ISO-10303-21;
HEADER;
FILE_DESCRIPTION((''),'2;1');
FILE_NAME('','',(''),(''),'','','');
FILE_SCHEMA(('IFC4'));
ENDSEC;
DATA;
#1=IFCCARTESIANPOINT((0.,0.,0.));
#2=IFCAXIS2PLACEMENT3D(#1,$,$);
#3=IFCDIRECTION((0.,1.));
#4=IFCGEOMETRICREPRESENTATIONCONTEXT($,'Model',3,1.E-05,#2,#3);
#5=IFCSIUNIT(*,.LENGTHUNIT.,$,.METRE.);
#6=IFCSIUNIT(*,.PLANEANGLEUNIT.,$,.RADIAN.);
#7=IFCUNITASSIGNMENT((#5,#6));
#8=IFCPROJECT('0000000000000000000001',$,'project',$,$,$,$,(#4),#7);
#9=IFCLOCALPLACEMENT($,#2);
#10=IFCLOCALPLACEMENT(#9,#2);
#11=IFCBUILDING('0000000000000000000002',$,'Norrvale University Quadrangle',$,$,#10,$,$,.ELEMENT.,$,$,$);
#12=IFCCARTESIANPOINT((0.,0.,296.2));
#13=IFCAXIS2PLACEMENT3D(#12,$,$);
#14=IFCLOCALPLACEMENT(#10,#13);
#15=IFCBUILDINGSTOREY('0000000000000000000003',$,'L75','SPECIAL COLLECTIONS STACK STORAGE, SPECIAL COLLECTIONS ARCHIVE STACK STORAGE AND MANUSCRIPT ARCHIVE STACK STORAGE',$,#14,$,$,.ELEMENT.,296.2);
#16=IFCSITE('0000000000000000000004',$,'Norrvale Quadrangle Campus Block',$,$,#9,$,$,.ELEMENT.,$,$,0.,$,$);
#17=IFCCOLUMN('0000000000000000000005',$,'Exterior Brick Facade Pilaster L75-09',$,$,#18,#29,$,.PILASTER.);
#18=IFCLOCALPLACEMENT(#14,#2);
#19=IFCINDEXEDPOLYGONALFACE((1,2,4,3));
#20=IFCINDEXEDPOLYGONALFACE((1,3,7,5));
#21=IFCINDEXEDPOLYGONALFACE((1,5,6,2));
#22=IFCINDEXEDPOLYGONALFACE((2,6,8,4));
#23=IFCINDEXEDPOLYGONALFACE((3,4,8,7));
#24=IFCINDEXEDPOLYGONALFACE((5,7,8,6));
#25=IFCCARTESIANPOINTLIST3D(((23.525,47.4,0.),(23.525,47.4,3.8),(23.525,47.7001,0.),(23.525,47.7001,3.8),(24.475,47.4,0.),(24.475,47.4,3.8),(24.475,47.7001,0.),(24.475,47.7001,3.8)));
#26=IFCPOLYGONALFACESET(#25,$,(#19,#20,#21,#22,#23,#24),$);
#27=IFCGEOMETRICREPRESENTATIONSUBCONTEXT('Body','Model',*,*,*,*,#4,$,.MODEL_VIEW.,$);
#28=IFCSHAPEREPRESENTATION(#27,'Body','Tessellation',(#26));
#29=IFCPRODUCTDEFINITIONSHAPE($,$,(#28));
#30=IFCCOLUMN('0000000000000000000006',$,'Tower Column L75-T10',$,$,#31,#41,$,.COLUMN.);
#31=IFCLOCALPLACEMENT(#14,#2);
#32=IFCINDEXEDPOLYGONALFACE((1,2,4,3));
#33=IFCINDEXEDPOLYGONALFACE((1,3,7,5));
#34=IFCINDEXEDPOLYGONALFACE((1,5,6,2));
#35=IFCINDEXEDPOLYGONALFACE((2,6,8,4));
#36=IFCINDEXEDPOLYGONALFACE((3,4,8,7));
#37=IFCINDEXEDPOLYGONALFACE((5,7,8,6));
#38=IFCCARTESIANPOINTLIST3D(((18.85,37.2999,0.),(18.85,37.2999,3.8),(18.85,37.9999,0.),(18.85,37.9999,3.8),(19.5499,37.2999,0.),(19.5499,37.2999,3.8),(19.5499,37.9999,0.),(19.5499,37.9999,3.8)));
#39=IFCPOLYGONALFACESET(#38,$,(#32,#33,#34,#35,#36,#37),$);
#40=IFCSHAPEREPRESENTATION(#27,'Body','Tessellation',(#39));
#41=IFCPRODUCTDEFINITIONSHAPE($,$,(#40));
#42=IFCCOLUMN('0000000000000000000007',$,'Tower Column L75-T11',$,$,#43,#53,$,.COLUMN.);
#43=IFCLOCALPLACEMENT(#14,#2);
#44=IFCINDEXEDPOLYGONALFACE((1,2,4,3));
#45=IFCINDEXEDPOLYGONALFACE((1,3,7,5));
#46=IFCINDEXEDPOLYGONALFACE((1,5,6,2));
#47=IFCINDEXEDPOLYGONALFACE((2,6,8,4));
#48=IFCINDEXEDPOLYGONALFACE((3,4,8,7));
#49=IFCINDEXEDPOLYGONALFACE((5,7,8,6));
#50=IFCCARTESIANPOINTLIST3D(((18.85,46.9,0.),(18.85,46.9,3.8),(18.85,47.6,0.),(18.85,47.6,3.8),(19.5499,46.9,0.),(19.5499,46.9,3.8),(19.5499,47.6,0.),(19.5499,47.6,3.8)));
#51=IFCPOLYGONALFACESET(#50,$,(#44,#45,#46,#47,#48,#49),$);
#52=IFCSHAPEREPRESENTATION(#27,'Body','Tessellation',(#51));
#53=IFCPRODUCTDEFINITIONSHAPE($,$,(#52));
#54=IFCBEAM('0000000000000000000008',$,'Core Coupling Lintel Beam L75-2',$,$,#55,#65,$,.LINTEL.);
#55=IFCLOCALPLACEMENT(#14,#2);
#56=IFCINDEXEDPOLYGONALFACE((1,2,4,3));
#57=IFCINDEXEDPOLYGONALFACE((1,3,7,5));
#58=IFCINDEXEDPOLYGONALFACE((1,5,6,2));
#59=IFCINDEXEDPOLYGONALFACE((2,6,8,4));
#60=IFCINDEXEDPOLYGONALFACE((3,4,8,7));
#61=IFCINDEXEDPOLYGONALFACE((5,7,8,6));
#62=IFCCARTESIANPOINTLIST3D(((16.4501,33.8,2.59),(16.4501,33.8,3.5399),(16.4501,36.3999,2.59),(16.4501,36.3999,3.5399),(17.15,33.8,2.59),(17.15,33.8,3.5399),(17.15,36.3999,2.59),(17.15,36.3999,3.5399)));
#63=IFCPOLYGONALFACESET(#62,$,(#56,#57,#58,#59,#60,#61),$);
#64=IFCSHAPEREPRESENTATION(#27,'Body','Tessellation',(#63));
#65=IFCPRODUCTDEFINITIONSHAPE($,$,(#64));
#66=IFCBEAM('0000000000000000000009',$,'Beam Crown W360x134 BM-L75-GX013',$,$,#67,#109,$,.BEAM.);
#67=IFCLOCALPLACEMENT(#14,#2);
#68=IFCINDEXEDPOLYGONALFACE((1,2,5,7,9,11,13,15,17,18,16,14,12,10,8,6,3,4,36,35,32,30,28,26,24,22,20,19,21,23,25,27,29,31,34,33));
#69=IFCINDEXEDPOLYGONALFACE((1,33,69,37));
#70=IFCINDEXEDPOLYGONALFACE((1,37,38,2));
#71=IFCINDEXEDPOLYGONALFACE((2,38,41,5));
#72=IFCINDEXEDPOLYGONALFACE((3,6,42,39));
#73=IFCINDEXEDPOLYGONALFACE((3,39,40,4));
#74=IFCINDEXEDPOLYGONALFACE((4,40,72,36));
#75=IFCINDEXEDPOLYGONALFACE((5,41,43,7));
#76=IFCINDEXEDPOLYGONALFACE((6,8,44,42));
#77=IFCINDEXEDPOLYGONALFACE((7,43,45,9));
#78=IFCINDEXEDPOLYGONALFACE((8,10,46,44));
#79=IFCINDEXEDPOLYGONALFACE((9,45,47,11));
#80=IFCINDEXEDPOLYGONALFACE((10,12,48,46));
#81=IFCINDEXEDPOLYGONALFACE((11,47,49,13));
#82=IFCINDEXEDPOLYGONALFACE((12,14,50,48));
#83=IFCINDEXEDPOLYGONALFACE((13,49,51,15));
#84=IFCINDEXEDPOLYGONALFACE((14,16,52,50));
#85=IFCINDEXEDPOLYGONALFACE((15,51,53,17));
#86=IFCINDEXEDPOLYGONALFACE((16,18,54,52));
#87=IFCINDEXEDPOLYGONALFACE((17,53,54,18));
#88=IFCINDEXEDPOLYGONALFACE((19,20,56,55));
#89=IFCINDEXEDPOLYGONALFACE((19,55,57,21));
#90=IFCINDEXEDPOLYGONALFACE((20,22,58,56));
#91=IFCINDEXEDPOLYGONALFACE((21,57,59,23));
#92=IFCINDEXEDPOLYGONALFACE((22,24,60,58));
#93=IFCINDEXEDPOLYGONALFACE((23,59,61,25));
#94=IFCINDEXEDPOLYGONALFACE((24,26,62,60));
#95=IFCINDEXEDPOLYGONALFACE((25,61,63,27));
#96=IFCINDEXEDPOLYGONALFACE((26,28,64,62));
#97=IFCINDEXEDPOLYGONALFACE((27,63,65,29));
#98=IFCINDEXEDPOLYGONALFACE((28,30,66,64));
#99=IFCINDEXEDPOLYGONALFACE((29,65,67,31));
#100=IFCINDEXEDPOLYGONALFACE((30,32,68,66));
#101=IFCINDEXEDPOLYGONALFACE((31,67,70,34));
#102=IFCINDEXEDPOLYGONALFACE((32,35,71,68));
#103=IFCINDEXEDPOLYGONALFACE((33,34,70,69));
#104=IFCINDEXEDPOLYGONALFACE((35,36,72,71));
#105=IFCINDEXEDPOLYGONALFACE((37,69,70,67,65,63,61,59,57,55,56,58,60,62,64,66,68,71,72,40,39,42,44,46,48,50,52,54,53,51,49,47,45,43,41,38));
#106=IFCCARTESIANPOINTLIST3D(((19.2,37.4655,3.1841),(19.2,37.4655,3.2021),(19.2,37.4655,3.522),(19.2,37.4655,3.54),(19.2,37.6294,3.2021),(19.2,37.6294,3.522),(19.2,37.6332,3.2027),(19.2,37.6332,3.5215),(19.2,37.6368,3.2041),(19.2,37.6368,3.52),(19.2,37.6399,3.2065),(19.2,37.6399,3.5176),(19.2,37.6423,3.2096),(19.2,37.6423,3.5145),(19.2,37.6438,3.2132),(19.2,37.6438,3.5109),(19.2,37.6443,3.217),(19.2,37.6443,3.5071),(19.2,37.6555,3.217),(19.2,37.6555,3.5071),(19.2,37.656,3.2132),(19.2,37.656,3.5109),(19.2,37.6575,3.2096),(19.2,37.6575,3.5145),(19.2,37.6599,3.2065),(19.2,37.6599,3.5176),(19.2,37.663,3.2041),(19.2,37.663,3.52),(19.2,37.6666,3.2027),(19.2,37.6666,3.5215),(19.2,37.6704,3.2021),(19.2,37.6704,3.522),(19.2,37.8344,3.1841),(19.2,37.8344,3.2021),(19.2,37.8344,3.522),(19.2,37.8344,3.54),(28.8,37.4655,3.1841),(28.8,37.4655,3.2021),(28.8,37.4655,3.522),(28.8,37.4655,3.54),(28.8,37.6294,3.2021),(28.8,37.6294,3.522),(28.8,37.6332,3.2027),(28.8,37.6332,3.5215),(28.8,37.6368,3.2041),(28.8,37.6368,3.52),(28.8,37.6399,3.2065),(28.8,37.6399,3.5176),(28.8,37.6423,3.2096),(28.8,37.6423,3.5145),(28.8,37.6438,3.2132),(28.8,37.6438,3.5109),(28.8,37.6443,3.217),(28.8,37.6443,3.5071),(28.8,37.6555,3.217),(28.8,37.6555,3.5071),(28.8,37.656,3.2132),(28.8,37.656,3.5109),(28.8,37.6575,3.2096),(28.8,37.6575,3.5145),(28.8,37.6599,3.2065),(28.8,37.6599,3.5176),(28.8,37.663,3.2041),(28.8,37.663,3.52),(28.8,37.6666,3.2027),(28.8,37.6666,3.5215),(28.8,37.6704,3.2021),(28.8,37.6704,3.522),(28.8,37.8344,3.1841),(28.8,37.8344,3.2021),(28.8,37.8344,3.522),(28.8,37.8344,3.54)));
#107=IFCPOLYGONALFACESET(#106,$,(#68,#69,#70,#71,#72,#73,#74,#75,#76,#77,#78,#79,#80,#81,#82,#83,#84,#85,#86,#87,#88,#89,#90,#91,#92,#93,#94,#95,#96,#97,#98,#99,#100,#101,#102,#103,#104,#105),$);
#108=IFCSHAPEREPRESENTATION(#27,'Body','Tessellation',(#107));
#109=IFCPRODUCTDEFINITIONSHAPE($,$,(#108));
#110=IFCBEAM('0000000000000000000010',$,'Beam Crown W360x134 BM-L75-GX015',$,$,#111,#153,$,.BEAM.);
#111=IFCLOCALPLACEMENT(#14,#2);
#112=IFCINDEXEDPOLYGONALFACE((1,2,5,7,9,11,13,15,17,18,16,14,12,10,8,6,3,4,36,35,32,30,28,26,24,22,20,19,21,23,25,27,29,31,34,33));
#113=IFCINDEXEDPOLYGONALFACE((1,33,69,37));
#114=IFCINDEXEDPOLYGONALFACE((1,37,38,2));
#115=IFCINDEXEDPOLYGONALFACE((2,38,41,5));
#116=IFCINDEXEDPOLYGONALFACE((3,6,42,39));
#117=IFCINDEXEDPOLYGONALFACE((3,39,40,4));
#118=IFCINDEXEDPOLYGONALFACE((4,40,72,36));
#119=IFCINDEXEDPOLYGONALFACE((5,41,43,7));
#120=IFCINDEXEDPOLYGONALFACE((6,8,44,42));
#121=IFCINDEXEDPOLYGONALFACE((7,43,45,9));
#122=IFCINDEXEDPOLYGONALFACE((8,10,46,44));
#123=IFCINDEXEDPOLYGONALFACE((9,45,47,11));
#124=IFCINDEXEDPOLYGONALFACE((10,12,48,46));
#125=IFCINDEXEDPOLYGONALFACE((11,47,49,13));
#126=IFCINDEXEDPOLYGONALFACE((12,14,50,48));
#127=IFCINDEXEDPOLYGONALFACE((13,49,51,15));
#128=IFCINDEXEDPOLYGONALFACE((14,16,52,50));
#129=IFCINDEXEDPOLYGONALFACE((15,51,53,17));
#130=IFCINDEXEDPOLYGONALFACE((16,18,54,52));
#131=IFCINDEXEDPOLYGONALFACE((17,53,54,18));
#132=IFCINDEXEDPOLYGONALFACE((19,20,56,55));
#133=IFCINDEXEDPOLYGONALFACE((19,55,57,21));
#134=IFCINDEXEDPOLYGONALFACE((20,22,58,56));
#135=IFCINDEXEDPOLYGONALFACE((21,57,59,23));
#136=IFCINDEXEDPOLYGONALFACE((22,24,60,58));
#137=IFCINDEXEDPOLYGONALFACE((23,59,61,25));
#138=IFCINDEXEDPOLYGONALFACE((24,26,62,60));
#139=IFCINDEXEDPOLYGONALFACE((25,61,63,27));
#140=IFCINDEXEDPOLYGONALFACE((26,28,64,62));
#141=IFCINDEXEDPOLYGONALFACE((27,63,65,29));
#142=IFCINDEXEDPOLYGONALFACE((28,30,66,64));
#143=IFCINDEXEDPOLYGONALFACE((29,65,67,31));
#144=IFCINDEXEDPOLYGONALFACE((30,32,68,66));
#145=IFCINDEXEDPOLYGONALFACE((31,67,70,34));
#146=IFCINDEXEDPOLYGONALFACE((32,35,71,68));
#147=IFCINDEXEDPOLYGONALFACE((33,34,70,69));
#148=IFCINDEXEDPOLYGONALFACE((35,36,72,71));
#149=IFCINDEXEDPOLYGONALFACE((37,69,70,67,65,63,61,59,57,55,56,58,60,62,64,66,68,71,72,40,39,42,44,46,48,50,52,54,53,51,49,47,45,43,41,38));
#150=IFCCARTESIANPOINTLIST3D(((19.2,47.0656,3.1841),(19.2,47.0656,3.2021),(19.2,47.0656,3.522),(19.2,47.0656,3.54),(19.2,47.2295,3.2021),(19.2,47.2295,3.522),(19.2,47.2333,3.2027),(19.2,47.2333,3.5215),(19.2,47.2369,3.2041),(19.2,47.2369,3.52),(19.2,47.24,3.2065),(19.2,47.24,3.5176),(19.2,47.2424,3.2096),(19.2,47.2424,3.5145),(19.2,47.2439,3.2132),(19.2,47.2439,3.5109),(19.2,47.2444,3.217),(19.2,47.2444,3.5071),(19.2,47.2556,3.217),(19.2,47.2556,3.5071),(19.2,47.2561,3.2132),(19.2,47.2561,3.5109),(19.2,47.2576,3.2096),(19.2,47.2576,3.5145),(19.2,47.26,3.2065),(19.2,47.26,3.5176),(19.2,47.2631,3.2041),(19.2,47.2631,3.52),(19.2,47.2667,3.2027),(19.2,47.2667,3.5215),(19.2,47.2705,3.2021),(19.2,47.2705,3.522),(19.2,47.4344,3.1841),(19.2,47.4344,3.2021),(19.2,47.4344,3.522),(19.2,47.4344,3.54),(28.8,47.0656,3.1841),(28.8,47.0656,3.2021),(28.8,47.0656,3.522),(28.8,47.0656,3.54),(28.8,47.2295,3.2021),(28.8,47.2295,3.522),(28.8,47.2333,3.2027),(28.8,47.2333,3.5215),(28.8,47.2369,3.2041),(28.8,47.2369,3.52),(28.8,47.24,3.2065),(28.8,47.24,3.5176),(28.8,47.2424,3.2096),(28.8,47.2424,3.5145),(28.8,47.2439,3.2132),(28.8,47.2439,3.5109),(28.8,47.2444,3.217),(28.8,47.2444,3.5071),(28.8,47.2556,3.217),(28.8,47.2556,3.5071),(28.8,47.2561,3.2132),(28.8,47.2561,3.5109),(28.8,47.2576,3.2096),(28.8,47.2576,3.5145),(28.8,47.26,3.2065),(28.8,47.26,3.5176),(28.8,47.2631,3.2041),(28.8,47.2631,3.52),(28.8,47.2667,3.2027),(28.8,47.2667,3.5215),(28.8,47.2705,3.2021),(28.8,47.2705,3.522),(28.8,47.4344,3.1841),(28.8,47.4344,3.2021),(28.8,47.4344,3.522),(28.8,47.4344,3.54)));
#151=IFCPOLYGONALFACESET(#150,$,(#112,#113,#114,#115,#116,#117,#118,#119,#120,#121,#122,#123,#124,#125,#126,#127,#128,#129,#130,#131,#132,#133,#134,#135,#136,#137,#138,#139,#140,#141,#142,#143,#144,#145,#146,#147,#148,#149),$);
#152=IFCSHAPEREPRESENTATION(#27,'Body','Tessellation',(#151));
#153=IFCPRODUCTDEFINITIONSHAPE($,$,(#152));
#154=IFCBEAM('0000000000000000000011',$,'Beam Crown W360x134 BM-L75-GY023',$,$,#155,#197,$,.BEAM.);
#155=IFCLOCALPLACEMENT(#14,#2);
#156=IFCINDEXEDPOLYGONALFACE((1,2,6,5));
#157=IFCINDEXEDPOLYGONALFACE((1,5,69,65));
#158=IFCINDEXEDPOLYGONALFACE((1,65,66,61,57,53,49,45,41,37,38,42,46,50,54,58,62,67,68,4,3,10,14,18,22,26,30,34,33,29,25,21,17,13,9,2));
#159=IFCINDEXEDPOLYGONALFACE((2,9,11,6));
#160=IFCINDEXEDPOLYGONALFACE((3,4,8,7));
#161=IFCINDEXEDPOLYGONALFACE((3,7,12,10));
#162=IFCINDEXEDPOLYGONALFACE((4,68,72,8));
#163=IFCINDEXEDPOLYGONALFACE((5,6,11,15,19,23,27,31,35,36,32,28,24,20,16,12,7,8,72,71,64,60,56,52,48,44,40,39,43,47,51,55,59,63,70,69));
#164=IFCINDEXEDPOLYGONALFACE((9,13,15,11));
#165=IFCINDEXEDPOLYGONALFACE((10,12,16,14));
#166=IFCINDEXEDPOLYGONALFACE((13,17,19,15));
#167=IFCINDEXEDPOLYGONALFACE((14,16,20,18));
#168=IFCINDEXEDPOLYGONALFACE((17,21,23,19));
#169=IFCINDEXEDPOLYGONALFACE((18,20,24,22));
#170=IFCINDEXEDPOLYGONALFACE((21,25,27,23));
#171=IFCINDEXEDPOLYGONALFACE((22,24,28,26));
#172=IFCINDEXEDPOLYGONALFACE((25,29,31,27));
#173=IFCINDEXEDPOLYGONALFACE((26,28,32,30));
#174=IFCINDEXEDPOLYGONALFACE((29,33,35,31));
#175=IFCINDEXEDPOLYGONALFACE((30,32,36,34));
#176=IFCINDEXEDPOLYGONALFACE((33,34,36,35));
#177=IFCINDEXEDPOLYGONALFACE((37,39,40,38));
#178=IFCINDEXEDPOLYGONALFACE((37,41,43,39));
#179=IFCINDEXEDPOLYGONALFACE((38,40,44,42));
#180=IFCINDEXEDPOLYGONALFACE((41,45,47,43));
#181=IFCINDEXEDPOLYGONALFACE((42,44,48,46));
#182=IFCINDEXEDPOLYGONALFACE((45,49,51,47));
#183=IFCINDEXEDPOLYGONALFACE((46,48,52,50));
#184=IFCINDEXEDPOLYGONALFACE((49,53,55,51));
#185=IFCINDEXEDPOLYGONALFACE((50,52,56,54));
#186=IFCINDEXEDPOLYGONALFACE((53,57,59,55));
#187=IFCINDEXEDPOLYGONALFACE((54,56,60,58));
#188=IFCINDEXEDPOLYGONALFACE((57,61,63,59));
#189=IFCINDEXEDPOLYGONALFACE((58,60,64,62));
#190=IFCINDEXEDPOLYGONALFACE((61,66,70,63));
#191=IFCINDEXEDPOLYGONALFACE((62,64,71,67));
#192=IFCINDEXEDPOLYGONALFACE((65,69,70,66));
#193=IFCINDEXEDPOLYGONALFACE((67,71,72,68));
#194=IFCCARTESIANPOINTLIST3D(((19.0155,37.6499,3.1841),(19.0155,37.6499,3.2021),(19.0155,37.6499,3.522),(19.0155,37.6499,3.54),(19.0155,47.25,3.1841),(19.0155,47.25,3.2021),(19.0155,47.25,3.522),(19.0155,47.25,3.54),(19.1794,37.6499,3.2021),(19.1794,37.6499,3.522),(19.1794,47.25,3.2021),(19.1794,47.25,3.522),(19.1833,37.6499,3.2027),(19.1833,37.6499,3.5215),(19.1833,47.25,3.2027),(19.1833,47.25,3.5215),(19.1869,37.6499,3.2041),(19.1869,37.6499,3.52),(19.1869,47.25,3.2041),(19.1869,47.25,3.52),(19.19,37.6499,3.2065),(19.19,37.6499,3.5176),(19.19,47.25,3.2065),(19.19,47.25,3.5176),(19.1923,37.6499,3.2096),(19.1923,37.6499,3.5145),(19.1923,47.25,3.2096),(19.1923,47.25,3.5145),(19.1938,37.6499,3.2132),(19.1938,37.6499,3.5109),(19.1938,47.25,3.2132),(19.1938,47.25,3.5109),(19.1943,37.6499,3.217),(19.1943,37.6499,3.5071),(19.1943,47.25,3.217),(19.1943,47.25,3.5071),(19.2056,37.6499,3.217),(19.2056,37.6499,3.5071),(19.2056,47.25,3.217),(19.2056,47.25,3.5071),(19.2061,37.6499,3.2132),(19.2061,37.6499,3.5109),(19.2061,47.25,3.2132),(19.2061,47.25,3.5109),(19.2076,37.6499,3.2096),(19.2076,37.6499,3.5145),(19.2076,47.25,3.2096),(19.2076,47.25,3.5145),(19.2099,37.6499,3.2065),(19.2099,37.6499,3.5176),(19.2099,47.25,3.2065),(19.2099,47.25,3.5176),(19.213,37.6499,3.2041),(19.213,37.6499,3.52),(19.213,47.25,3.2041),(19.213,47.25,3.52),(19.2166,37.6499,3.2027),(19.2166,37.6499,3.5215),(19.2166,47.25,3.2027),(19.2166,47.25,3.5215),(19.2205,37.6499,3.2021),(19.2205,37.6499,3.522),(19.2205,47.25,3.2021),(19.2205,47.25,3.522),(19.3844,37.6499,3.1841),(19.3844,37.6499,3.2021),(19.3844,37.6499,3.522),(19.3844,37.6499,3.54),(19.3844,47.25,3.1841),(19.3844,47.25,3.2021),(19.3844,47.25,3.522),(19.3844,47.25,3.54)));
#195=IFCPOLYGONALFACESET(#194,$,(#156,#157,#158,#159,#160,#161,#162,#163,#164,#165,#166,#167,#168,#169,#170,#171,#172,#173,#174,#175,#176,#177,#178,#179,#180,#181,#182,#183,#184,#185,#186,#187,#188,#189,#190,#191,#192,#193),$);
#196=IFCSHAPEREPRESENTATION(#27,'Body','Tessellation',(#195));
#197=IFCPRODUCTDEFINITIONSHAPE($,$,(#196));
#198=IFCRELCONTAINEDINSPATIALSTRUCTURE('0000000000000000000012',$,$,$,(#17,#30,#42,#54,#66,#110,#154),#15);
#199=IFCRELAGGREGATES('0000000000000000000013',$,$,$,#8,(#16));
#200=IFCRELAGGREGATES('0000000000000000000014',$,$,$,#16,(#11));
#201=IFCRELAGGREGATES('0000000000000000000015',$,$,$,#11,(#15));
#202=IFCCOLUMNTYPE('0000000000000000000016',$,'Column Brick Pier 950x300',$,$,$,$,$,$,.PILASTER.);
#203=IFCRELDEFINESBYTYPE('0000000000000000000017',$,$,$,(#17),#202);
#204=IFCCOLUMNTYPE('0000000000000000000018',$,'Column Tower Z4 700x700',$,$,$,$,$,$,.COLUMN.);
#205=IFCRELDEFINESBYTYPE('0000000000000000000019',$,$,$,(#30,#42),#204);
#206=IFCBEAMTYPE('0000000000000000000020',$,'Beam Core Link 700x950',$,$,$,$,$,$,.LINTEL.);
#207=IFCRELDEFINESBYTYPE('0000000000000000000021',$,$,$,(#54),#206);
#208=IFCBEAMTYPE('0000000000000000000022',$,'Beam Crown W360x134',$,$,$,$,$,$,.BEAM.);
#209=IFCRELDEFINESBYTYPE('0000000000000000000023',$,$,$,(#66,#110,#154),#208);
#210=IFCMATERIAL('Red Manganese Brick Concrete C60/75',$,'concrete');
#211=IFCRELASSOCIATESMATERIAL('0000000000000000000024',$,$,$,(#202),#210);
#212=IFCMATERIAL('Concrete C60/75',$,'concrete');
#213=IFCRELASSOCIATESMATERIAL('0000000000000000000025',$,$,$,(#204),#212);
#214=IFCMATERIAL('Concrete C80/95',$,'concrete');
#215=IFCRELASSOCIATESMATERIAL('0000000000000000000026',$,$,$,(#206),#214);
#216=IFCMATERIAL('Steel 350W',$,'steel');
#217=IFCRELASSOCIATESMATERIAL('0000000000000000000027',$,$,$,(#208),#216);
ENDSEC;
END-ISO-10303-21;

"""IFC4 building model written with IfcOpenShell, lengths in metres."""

from ifc_helpers import new_model, si_unit, direction, frame, origin, origin_2d, place, context, subcontext, project, spatial, rectangle, i_section, extrude, material, material_profile, profile_set, type_object, element, save


model = new_model("IFC4")

# Units and contexts
model_context = context("Model", 3, precision=1e-05, world=origin(), true_north=direction((0.0, 1.0)))
body_context = subcontext(model_context, "Body", "Model", "MODEL_VIEW")
ifc_project = project(units=[si_unit("LENGTHUNIT", "METRE"), si_unit("PLANEANGLEUNIT", "RADIAN")], contexts=[model_context])

# Site, building, storey
site_placement = place(None, origin())
site = spatial("IfcSite", under=ifc_project, at=site_placement, Name="Norrvale Quadrangle Campus Block", CompositionType="ELEMENT", RefElevation=0.0)
building_placement = place(site_placement, origin())
building = spatial("IfcBuilding", under=site, at=building_placement, Name="Norrvale University Quadrangle", CompositionType="ELEMENT")
storey_placement = place(building_placement, frame((0.0, 0.0, 296.2)))
storey = spatial("IfcBuildingStorey", under=building, at=storey_placement, Name="L75", Description="SPECIAL COLLECTIONS STACK STORAGE, SPECIAL COLLECTIONS ARCHIVE STACK STORAGE AND MANUSCRIPT ARCHIVE STACK STORAGE", CompositionType="ELEMENT", Elevation=296.2)

# Columns
ifc_material_1 = material(Name="Red Manganese Brick Concrete C60/75", Category="concrete")
ifc_material_profile_1 = material_profile(ifc_material_1, rectangle(XDim=0.95, YDim=0.3, at=origin_2d()), Name="Red Manganese Brick Concrete C60/75")
ifc_profile_set_1 = profile_set([ifc_material_profile_1], Name="Red Manganese Brick Concrete C60/75")
column_type_1 = type_object("IfcColumnType", Name="Column Brick Pier 950x300", PredefinedType="PILASTER", material=ifc_profile_set_1)
column_placement = place(storey_placement, frame((24.0, 47.55, 0.0), z_axis=(0.0, 0.0, 1.0), x_axis=(1.0, 0.0, 0.0)))
element("IfcColumn", 1, at=column_placement, inside=storey, type_object=column_type_1, Name="Exterior Brick Facade Pilaster L75-09", PredefinedType="PILASTER", context=body_context, shape_type="SweptSolid", body=[
    extrude(rectangle(XDim=0.95, YDim=0.3, at=origin_2d()), origin(), (0.0, 0.0, 1.0), 3.8),
])
ifc_material_2 = material(Name="Concrete C60/75", Category="concrete")
ifc_material_profile_2 = material_profile(ifc_material_2, rectangle(XDim=0.7, YDim=0.7, at=origin_2d()), Name="Concrete C60/75")
ifc_profile_set_2 = profile_set([ifc_material_profile_2], Name="Concrete C60/75")
column_type_2 = type_object("IfcColumnType", Name="Column Tower Z4 700x700", PredefinedType="COLUMN", material=ifc_profile_set_2)
for number, where, z_axis, x_axis, name in (
    (2, (19.2, 37.6499, 0.0), (0.0, 0.0, 1.0), (1.0, 0.0, 0.0), "Tower Column L75-T10"),
    (3, (19.2, 47.25, 0.0), (0.0, 0.0, 1.0), (1.0, 0.0, 0.0), "Tower Column L75-T11"),
):
    element("IfcColumn", number, at=place(storey_placement, frame(where, z_axis=z_axis, x_axis=x_axis)), inside=storey, type_object=column_type_2, Name=name, PredefinedType="COLUMN", context=body_context, shape_type="SweptSolid", body=[
        extrude(rectangle(XDim=0.7, YDim=0.7, at=origin_2d()), origin(), (0.0, 0.0, 1.0), 3.8),
    ])

# Beams
ifc_material_3 = material(Name="Concrete C80/95", Category="concrete")
ifc_material_profile_3 = material_profile(ifc_material_3, rectangle(XDim=0.7, YDim=0.95, at=origin_2d()), Name="Concrete C80/95")
ifc_profile_set_3 = profile_set([ifc_material_profile_3], Name="Concrete C80/95")
beam_type_1 = type_object("IfcBeamType", Name="Beam Core Link 700x950", PredefinedType="LINTEL", material=ifc_profile_set_3)
beam_1_placement = place(storey_placement, frame((16.8, 33.8, 3.0649), z_axis=(0.0, 1.0, 0.0), x_axis=(-1.0, 0.0, 0.0)))
element("IfcBeam", 4, at=beam_1_placement, inside=storey, type_object=beam_type_1, Name="Core Coupling Lintel Beam L75-2", PredefinedType="LINTEL", context=body_context, shape_type="SweptSolid", body=[
    extrude(rectangle(XDim=0.7, YDim=0.95, at=origin_2d()), origin(), (0.0, 0.0, 1.0), 2.5999),
])
ifc_material_4 = material(Name="Steel 350W", Category="steel")
ifc_material_profile_4 = material_profile(ifc_material_4, i_section(OverallWidth=0.3689, OverallDepth=0.356, WebThickness=0.0112, FlangeThickness=0.0181, FilletRadius=0.0149, at=origin_2d()), Name="Steel 350W")
ifc_profile_set_4 = profile_set([ifc_material_profile_4], Name="Steel 350W")
beam_type_2 = type_object("IfcBeamType", Name="Beam Crown W360x134", PredefinedType="BEAM", material=ifc_profile_set_4)
for number, where, z_axis, x_axis, name in (
    (5, (19.2, 37.6499, 3.3621), (1.0, 0.0, 0.0), (0.0, 1.0, 0.0), "Beam Crown W360x134 BM-L75-GX013"),
    (6, (19.2, 47.25, 3.3621), (1.0, 0.0, 0.0), (0.0, 1.0, 0.0), "Beam Crown W360x134 BM-L75-GX015"),
    (7, (19.2, 37.6499, 3.3621), (0.0, 1.0, 0.0), (-1.0, 0.0, 0.0), "Beam Crown W360x134 BM-L75-GY023"),
):
    element("IfcBeam", number, at=place(storey_placement, frame(where, z_axis=z_axis, x_axis=x_axis)), inside=storey, type_object=beam_type_2, Name=name, PredefinedType="BEAM", context=body_context, shape_type="SweptSolid", body=[
        extrude(i_section(OverallWidth=0.3689, OverallDepth=0.356, WebThickness=0.0112, FlangeThickness=0.0181, FilletRadius=0.0149, at=origin_2d()), origin(), (0.0, 0.0, 1.0), 9.6001),
    ])

save(model, "model.ifc")
